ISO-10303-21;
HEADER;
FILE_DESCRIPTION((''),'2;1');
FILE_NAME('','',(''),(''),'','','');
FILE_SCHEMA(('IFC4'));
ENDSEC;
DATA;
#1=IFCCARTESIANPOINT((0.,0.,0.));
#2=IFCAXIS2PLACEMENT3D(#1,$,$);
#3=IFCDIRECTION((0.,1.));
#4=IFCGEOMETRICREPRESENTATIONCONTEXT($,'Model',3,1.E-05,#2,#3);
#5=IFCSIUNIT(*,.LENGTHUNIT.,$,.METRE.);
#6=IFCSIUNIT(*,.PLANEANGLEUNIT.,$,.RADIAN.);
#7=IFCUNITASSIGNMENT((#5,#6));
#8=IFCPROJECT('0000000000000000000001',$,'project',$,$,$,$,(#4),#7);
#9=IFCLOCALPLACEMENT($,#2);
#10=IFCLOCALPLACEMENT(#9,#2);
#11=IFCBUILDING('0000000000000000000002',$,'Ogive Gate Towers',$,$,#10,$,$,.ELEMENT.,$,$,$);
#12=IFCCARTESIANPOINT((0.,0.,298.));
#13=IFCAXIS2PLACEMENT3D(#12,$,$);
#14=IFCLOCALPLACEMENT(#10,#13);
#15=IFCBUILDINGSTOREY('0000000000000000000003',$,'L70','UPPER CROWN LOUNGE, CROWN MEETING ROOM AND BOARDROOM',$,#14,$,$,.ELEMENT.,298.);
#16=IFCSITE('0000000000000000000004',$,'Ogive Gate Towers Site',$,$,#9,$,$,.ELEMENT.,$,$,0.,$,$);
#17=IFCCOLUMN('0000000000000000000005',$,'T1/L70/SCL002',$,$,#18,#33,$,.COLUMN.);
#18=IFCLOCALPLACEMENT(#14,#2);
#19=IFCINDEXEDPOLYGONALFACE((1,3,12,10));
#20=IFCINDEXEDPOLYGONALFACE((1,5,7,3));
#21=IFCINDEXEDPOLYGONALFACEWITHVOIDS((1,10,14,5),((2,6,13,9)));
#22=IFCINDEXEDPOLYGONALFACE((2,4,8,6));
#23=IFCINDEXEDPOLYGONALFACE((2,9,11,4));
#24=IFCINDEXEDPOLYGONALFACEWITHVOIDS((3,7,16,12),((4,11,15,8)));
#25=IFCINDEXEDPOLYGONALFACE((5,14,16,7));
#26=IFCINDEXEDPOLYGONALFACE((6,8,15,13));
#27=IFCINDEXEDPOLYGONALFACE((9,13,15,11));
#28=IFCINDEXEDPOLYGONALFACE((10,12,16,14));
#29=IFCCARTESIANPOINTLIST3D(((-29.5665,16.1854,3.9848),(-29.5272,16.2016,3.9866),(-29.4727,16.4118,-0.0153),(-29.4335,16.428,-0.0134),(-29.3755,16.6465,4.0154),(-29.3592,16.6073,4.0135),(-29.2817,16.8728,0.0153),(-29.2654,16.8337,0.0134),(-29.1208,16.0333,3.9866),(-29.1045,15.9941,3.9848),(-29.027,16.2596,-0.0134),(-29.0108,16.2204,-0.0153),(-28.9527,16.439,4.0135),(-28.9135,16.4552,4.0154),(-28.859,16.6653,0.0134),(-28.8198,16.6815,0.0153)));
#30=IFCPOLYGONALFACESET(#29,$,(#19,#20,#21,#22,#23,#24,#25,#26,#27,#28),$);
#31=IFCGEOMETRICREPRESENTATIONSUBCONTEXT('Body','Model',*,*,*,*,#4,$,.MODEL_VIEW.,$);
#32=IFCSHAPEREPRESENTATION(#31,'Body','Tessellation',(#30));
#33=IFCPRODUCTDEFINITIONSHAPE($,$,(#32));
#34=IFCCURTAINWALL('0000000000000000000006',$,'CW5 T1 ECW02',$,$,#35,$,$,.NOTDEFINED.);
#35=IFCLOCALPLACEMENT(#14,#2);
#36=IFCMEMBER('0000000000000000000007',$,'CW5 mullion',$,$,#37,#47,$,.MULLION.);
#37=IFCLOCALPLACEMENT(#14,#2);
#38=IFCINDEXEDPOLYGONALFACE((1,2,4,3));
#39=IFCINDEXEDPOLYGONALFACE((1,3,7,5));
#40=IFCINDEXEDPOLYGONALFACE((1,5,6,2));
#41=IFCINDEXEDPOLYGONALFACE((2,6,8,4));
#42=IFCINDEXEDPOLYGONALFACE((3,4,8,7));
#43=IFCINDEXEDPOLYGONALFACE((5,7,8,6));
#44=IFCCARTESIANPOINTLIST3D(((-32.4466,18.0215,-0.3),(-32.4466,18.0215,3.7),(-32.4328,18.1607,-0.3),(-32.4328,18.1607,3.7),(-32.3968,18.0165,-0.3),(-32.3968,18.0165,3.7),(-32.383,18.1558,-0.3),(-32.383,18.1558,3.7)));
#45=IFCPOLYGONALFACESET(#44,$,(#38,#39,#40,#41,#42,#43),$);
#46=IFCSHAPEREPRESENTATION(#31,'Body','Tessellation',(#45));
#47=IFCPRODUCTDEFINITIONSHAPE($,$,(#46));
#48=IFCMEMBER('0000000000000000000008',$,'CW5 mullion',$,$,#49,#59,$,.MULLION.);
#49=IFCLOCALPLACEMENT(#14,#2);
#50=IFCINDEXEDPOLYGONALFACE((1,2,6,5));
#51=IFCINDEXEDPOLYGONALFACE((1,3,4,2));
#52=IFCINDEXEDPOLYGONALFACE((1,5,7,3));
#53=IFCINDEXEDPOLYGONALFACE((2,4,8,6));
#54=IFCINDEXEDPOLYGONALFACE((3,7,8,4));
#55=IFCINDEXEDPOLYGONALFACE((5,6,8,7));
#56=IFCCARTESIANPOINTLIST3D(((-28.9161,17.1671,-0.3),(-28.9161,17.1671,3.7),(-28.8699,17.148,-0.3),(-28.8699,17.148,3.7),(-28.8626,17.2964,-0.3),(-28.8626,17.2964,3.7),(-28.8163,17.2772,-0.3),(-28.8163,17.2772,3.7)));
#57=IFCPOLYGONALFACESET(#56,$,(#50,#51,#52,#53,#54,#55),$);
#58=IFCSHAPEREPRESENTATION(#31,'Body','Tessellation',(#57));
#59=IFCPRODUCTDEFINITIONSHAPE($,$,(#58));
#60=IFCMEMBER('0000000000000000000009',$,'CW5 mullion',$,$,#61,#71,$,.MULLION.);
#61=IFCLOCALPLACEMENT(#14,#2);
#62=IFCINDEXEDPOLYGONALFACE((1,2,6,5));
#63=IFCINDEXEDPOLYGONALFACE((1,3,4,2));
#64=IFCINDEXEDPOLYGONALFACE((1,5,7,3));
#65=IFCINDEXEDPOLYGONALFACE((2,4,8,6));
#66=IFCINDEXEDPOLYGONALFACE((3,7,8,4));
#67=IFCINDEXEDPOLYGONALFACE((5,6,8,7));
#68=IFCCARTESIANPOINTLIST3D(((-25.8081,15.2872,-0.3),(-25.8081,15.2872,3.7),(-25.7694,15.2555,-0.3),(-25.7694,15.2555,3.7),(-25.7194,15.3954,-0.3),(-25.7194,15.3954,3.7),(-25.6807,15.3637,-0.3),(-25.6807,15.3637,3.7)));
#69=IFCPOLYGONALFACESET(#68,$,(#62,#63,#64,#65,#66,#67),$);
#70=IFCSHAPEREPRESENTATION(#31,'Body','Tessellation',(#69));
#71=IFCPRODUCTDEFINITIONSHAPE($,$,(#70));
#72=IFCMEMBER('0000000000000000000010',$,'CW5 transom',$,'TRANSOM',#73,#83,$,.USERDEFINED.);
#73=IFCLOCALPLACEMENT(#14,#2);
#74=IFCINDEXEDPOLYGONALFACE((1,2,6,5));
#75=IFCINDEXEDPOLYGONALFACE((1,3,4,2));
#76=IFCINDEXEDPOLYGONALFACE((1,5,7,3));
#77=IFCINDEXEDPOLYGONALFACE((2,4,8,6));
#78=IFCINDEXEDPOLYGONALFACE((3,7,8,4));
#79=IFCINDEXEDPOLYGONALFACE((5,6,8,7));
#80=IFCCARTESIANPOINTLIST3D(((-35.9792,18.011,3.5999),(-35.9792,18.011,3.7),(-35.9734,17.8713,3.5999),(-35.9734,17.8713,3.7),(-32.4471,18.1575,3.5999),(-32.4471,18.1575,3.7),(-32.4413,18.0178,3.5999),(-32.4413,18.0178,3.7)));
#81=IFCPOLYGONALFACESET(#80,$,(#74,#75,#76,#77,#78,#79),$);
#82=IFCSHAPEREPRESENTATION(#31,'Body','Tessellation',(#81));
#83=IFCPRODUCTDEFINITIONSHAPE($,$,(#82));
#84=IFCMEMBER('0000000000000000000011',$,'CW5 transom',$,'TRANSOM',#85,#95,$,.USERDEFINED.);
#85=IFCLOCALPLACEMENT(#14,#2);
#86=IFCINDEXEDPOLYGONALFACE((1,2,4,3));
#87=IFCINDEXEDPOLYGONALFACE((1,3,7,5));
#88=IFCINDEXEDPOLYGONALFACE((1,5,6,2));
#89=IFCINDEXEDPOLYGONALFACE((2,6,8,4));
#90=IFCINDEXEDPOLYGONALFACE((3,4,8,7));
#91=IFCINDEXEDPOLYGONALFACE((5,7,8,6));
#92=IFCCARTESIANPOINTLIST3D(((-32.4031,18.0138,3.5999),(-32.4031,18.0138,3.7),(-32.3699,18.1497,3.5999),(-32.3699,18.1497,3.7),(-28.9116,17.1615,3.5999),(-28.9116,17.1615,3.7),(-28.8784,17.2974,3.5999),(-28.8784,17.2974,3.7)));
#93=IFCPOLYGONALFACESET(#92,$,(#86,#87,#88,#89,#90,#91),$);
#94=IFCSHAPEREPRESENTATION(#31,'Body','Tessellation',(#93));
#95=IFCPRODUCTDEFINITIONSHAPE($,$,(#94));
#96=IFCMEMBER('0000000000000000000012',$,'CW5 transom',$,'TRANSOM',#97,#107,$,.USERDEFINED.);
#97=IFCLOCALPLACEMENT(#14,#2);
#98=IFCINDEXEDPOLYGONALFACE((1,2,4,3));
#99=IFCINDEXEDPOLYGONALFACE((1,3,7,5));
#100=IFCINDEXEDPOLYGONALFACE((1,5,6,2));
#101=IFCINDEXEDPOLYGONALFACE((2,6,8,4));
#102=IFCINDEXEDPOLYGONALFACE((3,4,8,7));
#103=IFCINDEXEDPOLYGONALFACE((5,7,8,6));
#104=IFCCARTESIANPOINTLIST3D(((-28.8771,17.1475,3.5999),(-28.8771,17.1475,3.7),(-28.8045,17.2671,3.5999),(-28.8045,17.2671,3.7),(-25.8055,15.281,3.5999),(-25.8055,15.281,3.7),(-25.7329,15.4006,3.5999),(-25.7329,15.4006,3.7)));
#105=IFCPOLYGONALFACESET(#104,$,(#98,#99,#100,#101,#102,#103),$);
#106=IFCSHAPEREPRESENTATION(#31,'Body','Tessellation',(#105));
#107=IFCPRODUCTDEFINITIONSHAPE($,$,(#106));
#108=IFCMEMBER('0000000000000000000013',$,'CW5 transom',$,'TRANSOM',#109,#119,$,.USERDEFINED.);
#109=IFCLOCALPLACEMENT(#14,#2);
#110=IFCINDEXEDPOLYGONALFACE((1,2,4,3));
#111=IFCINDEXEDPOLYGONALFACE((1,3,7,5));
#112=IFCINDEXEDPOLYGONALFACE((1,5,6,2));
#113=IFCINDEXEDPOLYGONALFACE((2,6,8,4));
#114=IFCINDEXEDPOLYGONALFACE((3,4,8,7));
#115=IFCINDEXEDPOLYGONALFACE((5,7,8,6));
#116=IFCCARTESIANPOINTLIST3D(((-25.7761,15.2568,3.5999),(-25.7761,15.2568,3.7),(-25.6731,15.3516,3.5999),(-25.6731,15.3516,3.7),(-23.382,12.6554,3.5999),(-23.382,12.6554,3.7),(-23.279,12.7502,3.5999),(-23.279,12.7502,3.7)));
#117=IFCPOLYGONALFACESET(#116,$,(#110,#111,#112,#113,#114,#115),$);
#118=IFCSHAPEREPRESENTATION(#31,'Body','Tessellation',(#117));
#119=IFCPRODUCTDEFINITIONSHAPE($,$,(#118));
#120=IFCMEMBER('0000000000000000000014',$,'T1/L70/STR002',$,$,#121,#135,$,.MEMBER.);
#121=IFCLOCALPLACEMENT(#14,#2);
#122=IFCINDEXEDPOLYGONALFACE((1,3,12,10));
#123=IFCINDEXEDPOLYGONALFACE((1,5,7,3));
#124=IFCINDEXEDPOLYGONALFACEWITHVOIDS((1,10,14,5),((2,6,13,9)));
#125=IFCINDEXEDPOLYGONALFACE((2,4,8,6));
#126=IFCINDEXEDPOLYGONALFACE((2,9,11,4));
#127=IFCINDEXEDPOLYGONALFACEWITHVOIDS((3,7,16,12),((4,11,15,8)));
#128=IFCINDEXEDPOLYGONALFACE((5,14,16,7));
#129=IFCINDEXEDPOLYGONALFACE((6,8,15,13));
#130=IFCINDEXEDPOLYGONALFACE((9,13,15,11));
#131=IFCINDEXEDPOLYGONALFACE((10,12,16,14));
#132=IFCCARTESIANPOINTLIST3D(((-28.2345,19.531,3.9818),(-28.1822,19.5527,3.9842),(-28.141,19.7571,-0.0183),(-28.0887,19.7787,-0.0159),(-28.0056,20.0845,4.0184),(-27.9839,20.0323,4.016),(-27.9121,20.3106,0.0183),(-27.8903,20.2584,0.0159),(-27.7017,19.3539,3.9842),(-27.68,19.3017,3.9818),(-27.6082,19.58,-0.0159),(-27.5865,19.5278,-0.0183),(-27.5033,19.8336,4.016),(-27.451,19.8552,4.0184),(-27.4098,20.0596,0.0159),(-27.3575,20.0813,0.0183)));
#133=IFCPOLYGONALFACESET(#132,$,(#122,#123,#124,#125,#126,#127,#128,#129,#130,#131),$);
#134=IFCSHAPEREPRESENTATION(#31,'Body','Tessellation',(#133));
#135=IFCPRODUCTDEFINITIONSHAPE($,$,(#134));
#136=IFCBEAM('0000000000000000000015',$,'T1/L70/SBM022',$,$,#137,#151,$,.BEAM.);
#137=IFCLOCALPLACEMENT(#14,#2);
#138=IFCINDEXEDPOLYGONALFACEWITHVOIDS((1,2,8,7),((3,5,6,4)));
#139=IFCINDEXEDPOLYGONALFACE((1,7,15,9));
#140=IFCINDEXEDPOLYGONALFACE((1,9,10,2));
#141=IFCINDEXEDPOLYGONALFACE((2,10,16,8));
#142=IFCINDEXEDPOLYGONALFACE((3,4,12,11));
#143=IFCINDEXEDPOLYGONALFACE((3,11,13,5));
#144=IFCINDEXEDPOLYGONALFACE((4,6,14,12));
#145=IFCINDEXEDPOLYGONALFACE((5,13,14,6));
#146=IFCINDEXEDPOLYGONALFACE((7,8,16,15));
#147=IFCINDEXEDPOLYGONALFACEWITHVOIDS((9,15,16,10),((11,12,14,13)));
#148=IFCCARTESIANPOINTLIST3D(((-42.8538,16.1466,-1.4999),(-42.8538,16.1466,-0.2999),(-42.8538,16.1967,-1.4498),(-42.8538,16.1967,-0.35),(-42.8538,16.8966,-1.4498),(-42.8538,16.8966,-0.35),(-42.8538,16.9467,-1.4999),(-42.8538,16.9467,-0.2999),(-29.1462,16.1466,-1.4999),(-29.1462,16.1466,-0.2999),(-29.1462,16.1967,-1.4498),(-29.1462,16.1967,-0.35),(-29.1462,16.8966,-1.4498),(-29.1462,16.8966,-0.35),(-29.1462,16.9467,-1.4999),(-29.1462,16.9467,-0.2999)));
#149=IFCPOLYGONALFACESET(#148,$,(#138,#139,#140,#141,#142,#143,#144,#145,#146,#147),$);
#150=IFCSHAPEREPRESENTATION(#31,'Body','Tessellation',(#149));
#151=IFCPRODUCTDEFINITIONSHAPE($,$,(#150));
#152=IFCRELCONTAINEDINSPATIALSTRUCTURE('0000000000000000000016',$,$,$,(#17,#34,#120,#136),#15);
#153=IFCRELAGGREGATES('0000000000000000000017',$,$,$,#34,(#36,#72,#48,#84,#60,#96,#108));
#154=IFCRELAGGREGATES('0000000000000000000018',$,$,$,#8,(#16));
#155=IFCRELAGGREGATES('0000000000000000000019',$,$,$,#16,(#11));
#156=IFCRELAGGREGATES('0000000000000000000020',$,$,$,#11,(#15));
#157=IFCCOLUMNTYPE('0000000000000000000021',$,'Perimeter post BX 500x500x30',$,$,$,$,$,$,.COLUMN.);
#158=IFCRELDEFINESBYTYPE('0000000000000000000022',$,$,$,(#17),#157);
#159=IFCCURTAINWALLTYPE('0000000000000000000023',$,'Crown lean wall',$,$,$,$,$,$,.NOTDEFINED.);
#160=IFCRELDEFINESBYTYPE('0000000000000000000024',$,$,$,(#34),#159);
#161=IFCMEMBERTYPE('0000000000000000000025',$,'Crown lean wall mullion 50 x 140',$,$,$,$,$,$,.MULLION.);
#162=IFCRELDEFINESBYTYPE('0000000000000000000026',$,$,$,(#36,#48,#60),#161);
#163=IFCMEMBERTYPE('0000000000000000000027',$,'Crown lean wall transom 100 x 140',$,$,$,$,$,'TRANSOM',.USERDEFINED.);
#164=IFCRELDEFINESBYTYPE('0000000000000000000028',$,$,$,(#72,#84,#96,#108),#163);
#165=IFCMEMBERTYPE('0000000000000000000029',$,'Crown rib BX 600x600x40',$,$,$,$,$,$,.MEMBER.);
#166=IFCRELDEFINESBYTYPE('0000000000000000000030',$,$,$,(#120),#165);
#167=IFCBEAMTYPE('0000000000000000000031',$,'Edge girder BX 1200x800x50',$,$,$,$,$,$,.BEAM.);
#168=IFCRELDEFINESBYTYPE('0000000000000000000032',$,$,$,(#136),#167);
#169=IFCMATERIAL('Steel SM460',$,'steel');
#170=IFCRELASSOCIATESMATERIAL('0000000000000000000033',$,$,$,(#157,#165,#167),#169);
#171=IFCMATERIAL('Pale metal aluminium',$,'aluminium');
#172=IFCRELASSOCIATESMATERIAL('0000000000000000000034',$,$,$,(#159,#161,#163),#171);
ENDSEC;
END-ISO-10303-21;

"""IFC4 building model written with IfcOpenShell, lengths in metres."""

from ifc_helpers import new_model, si_unit, direction, frame, origin, origin_2d, place, context, subcontext, project, spatial, rectangle, hollow_rectangle, extrude, material, material_profile, profile_set, type_object, element, aggregate, save


model = new_model("IFC4")

# Units and contexts
model_context = context("Model", 3, precision=1e-05, world=origin(), true_north=direction((0.0, 1.0)))
body_context = subcontext(model_context, "Body", "Model", "MODEL_VIEW")
ifc_project = project(units=[si_unit("LENGTHUNIT", "METRE"), si_unit("PLANEANGLEUNIT", "RADIAN")], contexts=[model_context])

# Site, building, storey
site_placement = place(None, origin())
site = spatial("IfcSite", under=ifc_project, at=site_placement, Name="Ogive Gate Towers Site", CompositionType="ELEMENT", RefElevation=0.0)
building_placement = place(site_placement, origin())
building = spatial("IfcBuilding", under=site, at=building_placement, Name="Ogive Gate Towers", CompositionType="ELEMENT")
storey_placement = place(building_placement, frame((0.0, 0.0, 298.0)))
storey = spatial("IfcBuildingStorey", under=building, at=storey_placement, Name="L70", Description="UPPER CROWN LOUNGE, CROWN MEETING ROOM AND BOARDROOM", CompositionType="ELEMENT", Elevation=298.0)

# Column
ifc_material_1 = material(Name="Steel SM460", Category="steel")
ifc_material_profile_1 = material_profile(ifc_material_1, hollow_rectangle(XDim=0.5, YDim=0.5, WallThickness=0.03, at=origin_2d()), Name="BX 500x500x30")
ifc_profile_set_1 = profile_set([ifc_material_profile_1], Name="Steel SM460")
column_type = type_object("IfcColumnType", Name="Perimeter post BX 500x500x30", PredefinedType="COLUMN", material=ifc_profile_set_1)
column_placement = place(storey_placement, frame((-29.1462, 16.5466, 0.0), z_axis=(-0.023394, -0.056474, 0.99813), x_axis=(0.923871, -0.382704, 0.0)))
element("IfcColumn", 1, at=column_placement, inside=storey, type_object=column_type, Name="T1/L70/SCL002", PredefinedType="COLUMN", context=body_context, shape_type="SweptSolid", body=[
    extrude(hollow_rectangle(XDim=0.5, YDim=0.5, WallThickness=0.03, at=origin_2d()), origin(), (0.0, 0.0, 1.0), 4.0076),
])

# Curtain wall, members
ifc_material_2 = material(Name="Pale metal aluminium", Category="aluminium")
curtain_wall_type = type_object("IfcCurtainWallType", Name="Crown lean wall", PredefinedType="NOTDEFINED", material=ifc_material_2)
curtain_wall_placement = place(storey_placement, origin())
curtain_wall = element("IfcCurtainWall", 2, at=curtain_wall_placement, inside=storey, type_object=curtain_wall_type, Name="CW5 T1 ECW02", PredefinedType="NOTDEFINED")
ifc_material_profile_2 = material_profile(ifc_material_2, rectangle(XDim=0.1399, YDim=0.05, at=origin_2d()), Name="50 x 140 aluminium box")
ifc_profile_set_2 = profile_set([ifc_material_profile_2], Name="Pale metal aluminium")
member_type_1 = type_object("IfcMemberType", Name="Crown lean wall mullion 50 x 140", PredefinedType="MULLION", material=ifc_profile_set_2)
member_1_placement = place(storey_placement, frame((-32.4148, 18.0886, -0.3), z_axis=(0.0, 0.0, 1.0), x_axis=(-0.098833, -0.995104, 0.0)))
member_1 = element("IfcMember", 3, at=member_1_placement, type_object=member_type_1, Name="CW5 mullion", PredefinedType="MULLION", context=body_context, shape_type="SweptSolid", body=[
    extrude(rectangle(XDim=0.1399, YDim=0.05, at=origin_2d()), origin(), (0.0, 0.0, 1.0), 4.0),
])
member_2_placement = place(storey_placement, frame((-28.8662, 17.2222, -0.3), z_axis=(0.0, 0.0, 1.0), x_axis=(-0.382683, -0.92388, 0.0)))
member_2 = element("IfcMember", 4, at=member_2_placement, type_object=member_type_1, Name="CW5 mullion", PredefinedType="MULLION", context=body_context, shape_type="SweptSolid", body=[
    extrude(rectangle(XDim=0.1399, YDim=0.05, at=origin_2d()), origin(), (0.0, 0.0, 1.0), 4.0),
])
member_3_placement = place(storey_placement, frame((-25.7444, 15.3254, -0.3), z_axis=(0.0, 0.0, 1.0), x_axis=(-0.633772, -0.77352, 0.0)))
member_3 = element("IfcMember", 5, at=member_3_placement, type_object=member_type_1, Name="CW5 mullion", PredefinedType="MULLION", context=body_context, shape_type="SweptSolid", body=[
    extrude(rectangle(XDim=0.1399, YDim=0.05, at=origin_2d()), origin(), (0.0, 0.0, 1.0), 4.0),
])
ifc_material_profile_3 = material_profile(ifc_material_2, rectangle(XDim=0.1399, YDim=0.1001, at=origin_2d()), Name="100 x 140 aluminium box")
ifc_profile_set_3 = profile_set([ifc_material_profile_3], Name="Pale metal aluminium")
member_type_2 = type_object("IfcMemberType", Name="Crown lean wall transom 100 x 140", ElementType="TRANSOM", PredefinedType="USERDEFINED", material=ifc_profile_set_3)
member_4_placement = place(storey_placement, frame((-35.9763, 17.9412, 3.6499), z_axis=(0.999141, 0.041435, 0.0), x_axis=(-0.041435, 0.999141, 0.0)))
member_4 = element("IfcMember", 6, at=member_4_placement, type_object=member_type_2, Name="CW5 transom", ObjectType="TRANSOM", PredefinedType="USERDEFINED", context=body_context, shape_type="SweptSolid", body=[
    extrude(rectangle(XDim=0.1399, YDim=0.1001, at=origin_2d()), origin(), (0.0, 0.0, 1.0), 3.5352),
])
member_5_placement = place(storey_placement, frame((-32.3865, 18.0818, 3.6499), z_axis=(0.971474, -0.237145, 0.0), x_axis=(0.237145, 0.971474, 0.0)))
member_5 = element("IfcMember", 7, at=member_5_placement, type_object=member_type_2, Name="CW5 transom", ObjectType="TRANSOM", PredefinedType="USERDEFINED", context=body_context, shape_type="SweptSolid", body=[
    extrude(rectangle(XDim=0.1399, YDim=0.1001, at=origin_2d()), origin(), (0.0, 0.0, 1.0), 3.594),
])
member_6_placement = place(storey_placement, frame((-28.8408, 17.2073, 3.6499), z_axis=(0.854591, -0.519302, 0.0), x_axis=(0.519302, 0.854591, 0.0)))
member_6 = element("IfcMember", 8, at=member_6_placement, type_object=member_type_2, Name="CW5 transom", ObjectType="TRANSOM", PredefinedType="USERDEFINED", context=body_context, shape_type="SweptSolid", body=[
    extrude(rectangle(XDim=0.1399, YDim=0.1001, at=origin_2d()), origin(), (0.0, 0.0, 1.0), 3.5942),
])
member_7_placement = place(storey_placement, frame((-25.7246, 15.3042, 3.6499), z_axis=(0.677184, -0.735814, 0.0), x_axis=(0.735814, 0.677184, 0.0)))
member_7 = element("IfcMember", 9, at=member_7_placement, type_object=member_type_2, Name="CW5 transom", ObjectType="TRANSOM", PredefinedType="USERDEFINED", context=body_context, shape_type="SweptSolid", body=[
    extrude(rectangle(XDim=0.1399, YDim=0.1001, at=origin_2d()), origin(), (0.0, 0.0, 1.0), 3.5354),
])

# Member
ifc_material_profile_4 = material_profile(ifc_material_1, hollow_rectangle(XDim=0.6001, YDim=0.6001, WallThickness=0.04, at=origin_2d()), Name="BX 600x600x40")
ifc_profile_set_4 = profile_set([ifc_material_profile_4], Name="Steel SM460")
member_type_3 = type_object("IfcMemberType", Name="Crown rib BX 600x600x40", PredefinedType="MEMBER", material=ifc_profile_set_4)
member_8_placement = place(storey_placement, frame((-27.7493, 19.9192, 0.0), z_axis=(-0.023333, -0.056413, 0.998135), x_axis=(0.924078, -0.382205, 0.0)))
element("IfcMember", 10, at=member_8_placement, inside=storey, type_object=member_type_3, Name="T1/L70/STR002", PredefinedType="MEMBER", context=body_context, shape_type="SweptSolid", body=[
    extrude(hollow_rectangle(XDim=0.6001, YDim=0.6001, WallThickness=0.04, at=origin_2d()), origin(), (0.0, 0.0, 1.0), 4.0076),
])

# Beam
ifc_material_profile_5 = material_profile(ifc_material_1, hollow_rectangle(XDim=0.8, YDim=1.2, WallThickness=0.05, at=origin_2d()), Name="BX 1200x800x50")
ifc_profile_set_5 = profile_set([ifc_material_profile_5], Name="Steel SM460")
beam_type_1 = type_object("IfcBeamType", Name="Edge girder BX 1200x800x50", PredefinedType="BEAM", material=ifc_profile_set_5)
beam_1_placement = place(storey_placement, frame((-29.1462, 16.5466, -0.8999), z_axis=(-1.0, 0.0, 0.0), x_axis=(0.0, -1.0, 0.0)))
element("IfcBeam", 11, at=beam_1_placement, inside=storey, type_object=beam_type_1, Name="T1/L70/SBM022", PredefinedType="BEAM", context=body_context, shape_type="SweptSolid", body=[
    extrude(hollow_rectangle(XDim=0.8, YDim=1.2, WallThickness=0.05, at=origin_2d()), origin(), (0.0, 0.0, 1.0), 13.7075),
])

aggregate(curtain_wall, [member_1, member_4, member_2, member_5, member_3, member_6, member_7])

save(model, "model.ifc")
